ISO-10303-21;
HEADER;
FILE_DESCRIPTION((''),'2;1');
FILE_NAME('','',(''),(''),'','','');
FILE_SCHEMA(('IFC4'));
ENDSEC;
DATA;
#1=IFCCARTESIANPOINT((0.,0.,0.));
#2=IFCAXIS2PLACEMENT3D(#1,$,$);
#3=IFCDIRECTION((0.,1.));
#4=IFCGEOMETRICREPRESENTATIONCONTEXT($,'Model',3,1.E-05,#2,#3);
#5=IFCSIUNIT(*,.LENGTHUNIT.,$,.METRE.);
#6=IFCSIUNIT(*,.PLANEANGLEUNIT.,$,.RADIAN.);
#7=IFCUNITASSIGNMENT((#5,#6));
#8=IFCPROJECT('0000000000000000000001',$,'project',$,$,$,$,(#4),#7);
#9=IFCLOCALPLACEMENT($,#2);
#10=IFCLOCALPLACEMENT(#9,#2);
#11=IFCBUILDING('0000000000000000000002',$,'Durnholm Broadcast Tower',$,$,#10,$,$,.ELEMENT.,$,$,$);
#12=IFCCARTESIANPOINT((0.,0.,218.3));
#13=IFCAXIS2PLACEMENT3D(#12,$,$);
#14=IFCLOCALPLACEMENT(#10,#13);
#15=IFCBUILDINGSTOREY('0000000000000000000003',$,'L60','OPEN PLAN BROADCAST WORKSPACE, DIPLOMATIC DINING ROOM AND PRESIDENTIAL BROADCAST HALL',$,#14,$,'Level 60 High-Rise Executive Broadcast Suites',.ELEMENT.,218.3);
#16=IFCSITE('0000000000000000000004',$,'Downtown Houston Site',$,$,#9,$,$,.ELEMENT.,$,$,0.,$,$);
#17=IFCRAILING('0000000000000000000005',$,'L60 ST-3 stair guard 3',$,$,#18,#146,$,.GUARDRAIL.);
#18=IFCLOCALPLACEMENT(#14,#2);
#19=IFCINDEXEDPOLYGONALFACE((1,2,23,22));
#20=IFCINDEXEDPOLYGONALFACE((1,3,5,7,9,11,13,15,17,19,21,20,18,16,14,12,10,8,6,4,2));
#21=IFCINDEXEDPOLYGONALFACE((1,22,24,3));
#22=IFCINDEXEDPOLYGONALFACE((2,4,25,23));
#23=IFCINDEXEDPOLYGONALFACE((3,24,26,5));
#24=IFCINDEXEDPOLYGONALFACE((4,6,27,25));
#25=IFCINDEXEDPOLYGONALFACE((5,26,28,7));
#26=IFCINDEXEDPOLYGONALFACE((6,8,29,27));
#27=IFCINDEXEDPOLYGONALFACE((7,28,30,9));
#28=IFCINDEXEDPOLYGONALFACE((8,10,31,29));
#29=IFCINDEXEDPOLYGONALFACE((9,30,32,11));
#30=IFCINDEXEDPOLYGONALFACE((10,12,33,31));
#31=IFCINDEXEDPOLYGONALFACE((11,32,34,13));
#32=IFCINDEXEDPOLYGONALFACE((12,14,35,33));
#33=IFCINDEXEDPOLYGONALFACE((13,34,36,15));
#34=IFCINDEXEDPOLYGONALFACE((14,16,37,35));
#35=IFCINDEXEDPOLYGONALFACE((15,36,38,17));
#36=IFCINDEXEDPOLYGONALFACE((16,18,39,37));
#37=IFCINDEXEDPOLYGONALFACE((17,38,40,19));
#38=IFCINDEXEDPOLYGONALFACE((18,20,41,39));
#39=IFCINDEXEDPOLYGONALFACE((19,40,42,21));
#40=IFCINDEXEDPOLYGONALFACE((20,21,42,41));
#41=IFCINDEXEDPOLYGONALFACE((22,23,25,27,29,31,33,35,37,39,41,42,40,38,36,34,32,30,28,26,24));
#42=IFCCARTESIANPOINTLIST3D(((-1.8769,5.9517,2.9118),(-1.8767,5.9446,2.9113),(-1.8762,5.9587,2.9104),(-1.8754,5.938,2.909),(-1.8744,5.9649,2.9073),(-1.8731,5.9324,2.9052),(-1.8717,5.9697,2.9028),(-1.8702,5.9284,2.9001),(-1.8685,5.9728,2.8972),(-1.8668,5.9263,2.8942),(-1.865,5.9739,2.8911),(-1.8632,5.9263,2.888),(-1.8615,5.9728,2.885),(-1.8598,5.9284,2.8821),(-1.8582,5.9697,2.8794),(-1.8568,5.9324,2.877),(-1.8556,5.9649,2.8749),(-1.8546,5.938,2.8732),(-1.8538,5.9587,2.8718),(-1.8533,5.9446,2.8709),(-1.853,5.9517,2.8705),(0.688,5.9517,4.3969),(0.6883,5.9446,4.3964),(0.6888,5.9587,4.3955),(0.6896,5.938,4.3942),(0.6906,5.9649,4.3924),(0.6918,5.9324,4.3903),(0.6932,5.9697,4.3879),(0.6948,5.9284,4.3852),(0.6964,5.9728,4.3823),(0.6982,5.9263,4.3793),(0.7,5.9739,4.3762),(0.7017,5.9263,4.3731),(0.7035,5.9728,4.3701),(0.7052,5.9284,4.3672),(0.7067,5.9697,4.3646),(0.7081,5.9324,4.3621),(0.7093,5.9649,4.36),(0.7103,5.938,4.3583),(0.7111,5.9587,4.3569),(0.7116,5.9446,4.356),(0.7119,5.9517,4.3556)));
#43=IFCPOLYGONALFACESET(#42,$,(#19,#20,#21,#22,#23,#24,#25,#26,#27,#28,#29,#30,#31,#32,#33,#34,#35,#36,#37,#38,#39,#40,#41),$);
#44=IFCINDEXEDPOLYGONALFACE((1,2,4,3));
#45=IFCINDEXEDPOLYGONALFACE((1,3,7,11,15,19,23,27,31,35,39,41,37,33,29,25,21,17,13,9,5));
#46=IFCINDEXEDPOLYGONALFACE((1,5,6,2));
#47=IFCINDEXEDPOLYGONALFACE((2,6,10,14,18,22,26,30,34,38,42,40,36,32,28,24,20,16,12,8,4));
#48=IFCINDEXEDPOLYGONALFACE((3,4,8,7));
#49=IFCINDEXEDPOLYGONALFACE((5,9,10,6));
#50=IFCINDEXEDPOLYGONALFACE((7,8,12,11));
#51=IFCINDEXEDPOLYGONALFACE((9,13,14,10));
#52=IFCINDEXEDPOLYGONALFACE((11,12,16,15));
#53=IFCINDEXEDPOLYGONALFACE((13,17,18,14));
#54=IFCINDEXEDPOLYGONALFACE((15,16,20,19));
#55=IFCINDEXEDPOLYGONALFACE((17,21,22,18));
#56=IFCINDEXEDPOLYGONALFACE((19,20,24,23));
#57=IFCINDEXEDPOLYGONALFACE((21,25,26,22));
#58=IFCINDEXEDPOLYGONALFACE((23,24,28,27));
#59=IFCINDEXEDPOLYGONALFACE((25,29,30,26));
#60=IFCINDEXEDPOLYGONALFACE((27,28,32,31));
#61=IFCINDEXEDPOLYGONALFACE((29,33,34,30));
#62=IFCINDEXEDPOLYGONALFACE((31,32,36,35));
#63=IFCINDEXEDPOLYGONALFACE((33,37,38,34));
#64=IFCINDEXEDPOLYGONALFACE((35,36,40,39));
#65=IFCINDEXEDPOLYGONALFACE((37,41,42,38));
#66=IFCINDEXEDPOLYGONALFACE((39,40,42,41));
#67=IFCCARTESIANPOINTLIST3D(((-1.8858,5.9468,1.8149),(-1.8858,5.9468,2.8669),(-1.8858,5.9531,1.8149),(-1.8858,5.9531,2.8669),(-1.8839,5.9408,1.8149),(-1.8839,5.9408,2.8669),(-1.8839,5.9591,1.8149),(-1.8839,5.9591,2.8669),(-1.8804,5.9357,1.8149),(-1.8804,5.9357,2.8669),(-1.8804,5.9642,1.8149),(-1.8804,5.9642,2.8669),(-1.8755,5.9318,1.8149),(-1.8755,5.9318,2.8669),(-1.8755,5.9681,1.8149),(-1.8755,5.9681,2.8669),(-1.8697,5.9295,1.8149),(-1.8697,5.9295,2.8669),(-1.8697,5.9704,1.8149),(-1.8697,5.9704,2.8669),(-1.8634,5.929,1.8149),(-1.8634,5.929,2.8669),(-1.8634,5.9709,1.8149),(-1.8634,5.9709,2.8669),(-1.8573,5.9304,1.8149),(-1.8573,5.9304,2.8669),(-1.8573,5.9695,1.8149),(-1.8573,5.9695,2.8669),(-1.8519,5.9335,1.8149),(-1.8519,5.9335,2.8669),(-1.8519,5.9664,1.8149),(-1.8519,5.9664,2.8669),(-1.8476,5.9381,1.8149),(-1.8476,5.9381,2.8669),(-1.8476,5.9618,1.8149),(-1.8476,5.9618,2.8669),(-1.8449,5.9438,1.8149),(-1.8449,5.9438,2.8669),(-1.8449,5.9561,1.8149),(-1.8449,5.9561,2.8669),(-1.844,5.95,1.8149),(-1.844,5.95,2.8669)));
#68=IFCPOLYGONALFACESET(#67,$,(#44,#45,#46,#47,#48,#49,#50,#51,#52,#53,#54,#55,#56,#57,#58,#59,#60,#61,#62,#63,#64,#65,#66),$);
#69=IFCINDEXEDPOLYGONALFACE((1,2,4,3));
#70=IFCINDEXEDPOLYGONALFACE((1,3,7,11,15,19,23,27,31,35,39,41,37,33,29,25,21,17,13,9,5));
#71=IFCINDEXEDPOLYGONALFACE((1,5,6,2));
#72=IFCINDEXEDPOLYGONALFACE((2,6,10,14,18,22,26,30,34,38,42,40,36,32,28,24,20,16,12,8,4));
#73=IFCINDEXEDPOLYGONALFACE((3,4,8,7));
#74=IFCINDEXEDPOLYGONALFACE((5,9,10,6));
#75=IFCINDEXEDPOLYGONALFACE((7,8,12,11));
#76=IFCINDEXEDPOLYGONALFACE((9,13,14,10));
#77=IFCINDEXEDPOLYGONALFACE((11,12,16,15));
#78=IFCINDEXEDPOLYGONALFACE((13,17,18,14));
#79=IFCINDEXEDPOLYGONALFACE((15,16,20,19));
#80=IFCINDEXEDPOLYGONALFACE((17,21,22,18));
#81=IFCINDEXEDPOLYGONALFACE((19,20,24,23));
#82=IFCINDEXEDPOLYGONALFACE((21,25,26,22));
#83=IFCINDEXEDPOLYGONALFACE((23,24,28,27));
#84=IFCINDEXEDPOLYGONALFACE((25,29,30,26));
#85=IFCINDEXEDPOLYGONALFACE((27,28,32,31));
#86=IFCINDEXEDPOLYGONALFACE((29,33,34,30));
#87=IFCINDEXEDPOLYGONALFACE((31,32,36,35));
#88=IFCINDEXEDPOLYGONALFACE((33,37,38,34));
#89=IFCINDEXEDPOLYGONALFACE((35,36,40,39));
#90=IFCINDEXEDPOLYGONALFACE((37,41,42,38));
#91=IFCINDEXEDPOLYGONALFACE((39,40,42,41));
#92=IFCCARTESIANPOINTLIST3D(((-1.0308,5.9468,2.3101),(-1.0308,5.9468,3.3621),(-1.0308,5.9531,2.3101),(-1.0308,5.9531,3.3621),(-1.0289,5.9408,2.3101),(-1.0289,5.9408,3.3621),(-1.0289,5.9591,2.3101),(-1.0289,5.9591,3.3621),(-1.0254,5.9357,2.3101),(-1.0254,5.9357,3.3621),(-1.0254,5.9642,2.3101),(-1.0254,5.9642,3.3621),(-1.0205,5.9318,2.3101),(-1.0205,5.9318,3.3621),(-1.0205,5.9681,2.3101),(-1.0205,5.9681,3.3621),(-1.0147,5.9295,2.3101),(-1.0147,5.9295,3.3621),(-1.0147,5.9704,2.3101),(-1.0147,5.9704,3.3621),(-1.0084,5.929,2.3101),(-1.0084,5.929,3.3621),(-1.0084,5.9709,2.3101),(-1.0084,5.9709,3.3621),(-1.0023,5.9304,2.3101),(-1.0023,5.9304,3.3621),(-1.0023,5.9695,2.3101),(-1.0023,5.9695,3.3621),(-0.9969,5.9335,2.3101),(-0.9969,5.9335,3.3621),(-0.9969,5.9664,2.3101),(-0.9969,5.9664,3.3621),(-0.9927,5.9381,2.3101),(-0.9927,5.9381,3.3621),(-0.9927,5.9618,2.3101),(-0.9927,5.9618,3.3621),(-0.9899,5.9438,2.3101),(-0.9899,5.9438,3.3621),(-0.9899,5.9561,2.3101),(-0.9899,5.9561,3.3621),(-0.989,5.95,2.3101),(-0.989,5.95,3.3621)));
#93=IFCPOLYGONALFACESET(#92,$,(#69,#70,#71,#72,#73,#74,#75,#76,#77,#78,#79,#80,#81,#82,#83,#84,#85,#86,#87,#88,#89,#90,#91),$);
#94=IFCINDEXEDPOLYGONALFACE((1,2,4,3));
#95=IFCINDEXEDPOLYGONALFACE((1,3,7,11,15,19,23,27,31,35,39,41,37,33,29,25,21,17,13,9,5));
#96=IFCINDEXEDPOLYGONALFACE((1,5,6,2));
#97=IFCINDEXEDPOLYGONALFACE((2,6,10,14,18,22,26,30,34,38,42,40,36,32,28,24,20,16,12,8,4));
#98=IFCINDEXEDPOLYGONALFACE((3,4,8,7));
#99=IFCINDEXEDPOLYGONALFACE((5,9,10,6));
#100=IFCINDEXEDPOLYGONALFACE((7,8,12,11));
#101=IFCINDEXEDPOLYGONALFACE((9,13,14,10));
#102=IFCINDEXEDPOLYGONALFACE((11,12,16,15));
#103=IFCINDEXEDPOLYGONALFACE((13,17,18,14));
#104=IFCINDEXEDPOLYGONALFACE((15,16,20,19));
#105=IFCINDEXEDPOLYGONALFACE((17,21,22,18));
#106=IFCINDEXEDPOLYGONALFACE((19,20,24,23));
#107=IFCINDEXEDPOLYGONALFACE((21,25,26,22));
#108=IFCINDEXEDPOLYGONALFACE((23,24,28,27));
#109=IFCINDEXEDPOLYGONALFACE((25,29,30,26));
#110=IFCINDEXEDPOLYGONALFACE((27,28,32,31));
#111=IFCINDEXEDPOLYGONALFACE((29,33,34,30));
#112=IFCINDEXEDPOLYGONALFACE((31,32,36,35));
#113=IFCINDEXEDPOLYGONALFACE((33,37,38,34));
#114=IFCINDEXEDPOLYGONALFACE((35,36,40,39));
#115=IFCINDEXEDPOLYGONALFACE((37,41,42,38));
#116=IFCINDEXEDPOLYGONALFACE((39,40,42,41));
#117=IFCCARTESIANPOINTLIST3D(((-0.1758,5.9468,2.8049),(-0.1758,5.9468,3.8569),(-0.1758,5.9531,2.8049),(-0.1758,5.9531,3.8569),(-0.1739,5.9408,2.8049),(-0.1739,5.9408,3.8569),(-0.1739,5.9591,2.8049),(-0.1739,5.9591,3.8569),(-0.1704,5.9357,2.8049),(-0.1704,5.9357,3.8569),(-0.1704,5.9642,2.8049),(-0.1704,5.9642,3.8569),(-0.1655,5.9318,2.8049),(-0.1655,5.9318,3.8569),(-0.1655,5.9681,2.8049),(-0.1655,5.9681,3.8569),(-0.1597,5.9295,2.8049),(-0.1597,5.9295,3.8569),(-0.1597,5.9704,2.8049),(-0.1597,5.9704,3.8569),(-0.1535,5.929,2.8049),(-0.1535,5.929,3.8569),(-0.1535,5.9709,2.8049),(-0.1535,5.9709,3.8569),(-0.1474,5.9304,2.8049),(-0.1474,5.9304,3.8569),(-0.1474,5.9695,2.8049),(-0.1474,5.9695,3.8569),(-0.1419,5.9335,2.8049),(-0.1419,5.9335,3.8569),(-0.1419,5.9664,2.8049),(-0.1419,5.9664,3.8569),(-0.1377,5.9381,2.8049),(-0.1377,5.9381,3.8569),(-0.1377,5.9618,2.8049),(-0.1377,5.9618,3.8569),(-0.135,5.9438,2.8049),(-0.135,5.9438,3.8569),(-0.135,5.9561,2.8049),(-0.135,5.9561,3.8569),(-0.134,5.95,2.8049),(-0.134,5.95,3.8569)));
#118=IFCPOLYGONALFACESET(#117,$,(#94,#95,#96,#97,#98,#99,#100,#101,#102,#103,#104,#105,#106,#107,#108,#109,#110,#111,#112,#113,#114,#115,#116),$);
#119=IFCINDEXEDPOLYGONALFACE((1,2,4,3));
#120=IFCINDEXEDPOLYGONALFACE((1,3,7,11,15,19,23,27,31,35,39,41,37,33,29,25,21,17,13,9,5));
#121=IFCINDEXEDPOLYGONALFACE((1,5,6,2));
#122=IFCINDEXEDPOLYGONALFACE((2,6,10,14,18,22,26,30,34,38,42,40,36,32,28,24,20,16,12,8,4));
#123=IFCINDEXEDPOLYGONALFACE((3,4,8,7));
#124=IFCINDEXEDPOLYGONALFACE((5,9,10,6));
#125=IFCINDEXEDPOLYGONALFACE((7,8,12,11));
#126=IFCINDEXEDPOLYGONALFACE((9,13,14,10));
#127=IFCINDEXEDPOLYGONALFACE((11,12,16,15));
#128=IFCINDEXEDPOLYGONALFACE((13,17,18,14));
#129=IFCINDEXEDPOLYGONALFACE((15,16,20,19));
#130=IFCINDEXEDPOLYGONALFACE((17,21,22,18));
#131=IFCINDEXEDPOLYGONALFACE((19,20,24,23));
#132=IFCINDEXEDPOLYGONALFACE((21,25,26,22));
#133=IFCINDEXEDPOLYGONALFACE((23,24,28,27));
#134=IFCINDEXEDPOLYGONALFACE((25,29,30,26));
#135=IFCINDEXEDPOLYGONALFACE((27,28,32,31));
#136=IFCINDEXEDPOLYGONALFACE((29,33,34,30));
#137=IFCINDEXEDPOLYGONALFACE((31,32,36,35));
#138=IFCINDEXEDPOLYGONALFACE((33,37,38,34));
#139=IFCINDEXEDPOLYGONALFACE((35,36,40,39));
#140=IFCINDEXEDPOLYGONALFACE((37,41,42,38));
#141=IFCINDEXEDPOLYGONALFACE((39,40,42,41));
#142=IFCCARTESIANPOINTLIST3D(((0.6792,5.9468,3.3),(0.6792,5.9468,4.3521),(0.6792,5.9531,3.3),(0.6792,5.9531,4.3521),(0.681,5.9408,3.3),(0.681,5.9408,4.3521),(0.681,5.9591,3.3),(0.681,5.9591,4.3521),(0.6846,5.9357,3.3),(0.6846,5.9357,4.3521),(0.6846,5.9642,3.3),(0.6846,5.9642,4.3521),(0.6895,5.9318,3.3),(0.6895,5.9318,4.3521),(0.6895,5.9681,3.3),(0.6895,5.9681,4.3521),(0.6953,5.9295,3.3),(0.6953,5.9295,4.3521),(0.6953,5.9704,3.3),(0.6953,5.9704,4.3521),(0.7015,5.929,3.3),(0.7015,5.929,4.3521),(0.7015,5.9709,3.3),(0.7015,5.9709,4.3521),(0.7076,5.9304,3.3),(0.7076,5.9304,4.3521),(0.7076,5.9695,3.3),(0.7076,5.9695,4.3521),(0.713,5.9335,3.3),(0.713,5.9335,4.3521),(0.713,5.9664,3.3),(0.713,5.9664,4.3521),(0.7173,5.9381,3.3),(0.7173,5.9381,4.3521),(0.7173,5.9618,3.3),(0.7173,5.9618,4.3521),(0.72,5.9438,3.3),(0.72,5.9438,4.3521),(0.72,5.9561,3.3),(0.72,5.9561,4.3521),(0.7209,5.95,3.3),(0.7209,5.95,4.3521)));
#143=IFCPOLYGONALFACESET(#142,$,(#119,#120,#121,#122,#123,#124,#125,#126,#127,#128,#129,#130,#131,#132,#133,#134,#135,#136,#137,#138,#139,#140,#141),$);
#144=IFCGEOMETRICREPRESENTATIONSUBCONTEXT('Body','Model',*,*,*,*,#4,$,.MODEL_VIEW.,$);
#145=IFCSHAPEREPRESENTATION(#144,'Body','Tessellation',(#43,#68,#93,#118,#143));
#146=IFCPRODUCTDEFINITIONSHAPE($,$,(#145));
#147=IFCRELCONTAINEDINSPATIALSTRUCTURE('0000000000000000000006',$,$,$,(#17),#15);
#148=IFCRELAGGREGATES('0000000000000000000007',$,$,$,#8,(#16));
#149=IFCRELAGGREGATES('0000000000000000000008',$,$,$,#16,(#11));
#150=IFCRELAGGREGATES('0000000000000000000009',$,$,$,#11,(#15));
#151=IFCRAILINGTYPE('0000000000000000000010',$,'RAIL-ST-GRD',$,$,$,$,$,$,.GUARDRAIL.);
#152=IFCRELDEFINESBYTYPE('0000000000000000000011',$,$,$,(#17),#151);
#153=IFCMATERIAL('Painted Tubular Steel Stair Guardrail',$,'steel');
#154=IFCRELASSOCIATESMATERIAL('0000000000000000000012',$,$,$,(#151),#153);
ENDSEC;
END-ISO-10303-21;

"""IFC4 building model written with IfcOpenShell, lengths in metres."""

from ifc_helpers import new_model, si_unit, direction, frame, origin, origin_2d, place, context, subcontext, project, spatial, circle, extrude, material, type_object, element, save


model = new_model("IFC4")

# Units and contexts
model_context = context("Model", 3, precision=1e-05, world=origin(), true_north=direction((0.0, 1.0)))
body_context = subcontext(model_context, "Body", "Model", "MODEL_VIEW")
ifc_project = project(units=[si_unit("LENGTHUNIT", "METRE"), si_unit("PLANEANGLEUNIT", "RADIAN")], contexts=[model_context])

# Site, building, storey
site_placement = place(None, origin())
site = spatial("IfcSite", under=ifc_project, at=site_placement, Name="Downtown Houston Site", CompositionType="ELEMENT", RefElevation=0.0)
building_placement = place(site_placement, origin())
building = spatial("IfcBuilding", under=site, at=building_placement, Name="Durnholm Broadcast Tower", CompositionType="ELEMENT")
storey_placement = place(building_placement, frame((0.0, 0.0, 218.3)))
storey = spatial("IfcBuildingStorey", under=building, at=storey_placement, Name="L60", Description="OPEN PLAN BROADCAST WORKSPACE, DIPLOMATIC DINING ROOM AND PRESIDENTIAL BROADCAST HALL", LongName="Level 60 High-Rise Executive Broadcast Suites", CompositionType="ELEMENT", Elevation=218.3)

# Railing
ifc_material_1 = material(Name="Painted Tubular Steel Stair Guardrail", Category="steel")
railing_type_1 = type_object("IfcRailingType", Name="RAIL-ST-GRD", PredefinedType="GUARDRAIL", material=ifc_material_1)
railing_1_placement = place(storey_placement, frame((-1.865, 5.95, 1.8149)))
element("IfcRailing", 1, at=railing_1_placement, inside=storey, type_object=railing_type_1, Name="L60 ST-3 stair guard 3", PredefinedType="GUARDRAIL", context=body_context, shape_type="SweptSolid", body=[
    extrude(circle(Radius=0.0239, at=origin_2d()), frame((0.0, 0.0, 1.0762), z_axis=(0.865406, 0.0, 0.501072), x_axis=(0.0, 1.0, 0.0)), (0.0, 0.0, 1.0), 2.9639),
    extrude(circle(Radius=0.021, at=origin_2d()), origin(), (0.0, 0.0, 1.0), 1.052),
    extrude(circle(Radius=0.021, at=origin_2d()), frame((0.855, 0.0, 0.4951)), (0.0, 0.0, 1.0), 1.052),
    extrude(circle(Radius=0.021, at=origin_2d()), frame((1.71, 0.0, 0.99)), (0.0, 0.0, 1.0), 1.052),
    extrude(circle(Radius=0.021, at=origin_2d()), frame((2.5649, 0.0, 1.4851)), (0.0, 0.0, 1.0), 1.052),
])

save(model, "model.ifc")
